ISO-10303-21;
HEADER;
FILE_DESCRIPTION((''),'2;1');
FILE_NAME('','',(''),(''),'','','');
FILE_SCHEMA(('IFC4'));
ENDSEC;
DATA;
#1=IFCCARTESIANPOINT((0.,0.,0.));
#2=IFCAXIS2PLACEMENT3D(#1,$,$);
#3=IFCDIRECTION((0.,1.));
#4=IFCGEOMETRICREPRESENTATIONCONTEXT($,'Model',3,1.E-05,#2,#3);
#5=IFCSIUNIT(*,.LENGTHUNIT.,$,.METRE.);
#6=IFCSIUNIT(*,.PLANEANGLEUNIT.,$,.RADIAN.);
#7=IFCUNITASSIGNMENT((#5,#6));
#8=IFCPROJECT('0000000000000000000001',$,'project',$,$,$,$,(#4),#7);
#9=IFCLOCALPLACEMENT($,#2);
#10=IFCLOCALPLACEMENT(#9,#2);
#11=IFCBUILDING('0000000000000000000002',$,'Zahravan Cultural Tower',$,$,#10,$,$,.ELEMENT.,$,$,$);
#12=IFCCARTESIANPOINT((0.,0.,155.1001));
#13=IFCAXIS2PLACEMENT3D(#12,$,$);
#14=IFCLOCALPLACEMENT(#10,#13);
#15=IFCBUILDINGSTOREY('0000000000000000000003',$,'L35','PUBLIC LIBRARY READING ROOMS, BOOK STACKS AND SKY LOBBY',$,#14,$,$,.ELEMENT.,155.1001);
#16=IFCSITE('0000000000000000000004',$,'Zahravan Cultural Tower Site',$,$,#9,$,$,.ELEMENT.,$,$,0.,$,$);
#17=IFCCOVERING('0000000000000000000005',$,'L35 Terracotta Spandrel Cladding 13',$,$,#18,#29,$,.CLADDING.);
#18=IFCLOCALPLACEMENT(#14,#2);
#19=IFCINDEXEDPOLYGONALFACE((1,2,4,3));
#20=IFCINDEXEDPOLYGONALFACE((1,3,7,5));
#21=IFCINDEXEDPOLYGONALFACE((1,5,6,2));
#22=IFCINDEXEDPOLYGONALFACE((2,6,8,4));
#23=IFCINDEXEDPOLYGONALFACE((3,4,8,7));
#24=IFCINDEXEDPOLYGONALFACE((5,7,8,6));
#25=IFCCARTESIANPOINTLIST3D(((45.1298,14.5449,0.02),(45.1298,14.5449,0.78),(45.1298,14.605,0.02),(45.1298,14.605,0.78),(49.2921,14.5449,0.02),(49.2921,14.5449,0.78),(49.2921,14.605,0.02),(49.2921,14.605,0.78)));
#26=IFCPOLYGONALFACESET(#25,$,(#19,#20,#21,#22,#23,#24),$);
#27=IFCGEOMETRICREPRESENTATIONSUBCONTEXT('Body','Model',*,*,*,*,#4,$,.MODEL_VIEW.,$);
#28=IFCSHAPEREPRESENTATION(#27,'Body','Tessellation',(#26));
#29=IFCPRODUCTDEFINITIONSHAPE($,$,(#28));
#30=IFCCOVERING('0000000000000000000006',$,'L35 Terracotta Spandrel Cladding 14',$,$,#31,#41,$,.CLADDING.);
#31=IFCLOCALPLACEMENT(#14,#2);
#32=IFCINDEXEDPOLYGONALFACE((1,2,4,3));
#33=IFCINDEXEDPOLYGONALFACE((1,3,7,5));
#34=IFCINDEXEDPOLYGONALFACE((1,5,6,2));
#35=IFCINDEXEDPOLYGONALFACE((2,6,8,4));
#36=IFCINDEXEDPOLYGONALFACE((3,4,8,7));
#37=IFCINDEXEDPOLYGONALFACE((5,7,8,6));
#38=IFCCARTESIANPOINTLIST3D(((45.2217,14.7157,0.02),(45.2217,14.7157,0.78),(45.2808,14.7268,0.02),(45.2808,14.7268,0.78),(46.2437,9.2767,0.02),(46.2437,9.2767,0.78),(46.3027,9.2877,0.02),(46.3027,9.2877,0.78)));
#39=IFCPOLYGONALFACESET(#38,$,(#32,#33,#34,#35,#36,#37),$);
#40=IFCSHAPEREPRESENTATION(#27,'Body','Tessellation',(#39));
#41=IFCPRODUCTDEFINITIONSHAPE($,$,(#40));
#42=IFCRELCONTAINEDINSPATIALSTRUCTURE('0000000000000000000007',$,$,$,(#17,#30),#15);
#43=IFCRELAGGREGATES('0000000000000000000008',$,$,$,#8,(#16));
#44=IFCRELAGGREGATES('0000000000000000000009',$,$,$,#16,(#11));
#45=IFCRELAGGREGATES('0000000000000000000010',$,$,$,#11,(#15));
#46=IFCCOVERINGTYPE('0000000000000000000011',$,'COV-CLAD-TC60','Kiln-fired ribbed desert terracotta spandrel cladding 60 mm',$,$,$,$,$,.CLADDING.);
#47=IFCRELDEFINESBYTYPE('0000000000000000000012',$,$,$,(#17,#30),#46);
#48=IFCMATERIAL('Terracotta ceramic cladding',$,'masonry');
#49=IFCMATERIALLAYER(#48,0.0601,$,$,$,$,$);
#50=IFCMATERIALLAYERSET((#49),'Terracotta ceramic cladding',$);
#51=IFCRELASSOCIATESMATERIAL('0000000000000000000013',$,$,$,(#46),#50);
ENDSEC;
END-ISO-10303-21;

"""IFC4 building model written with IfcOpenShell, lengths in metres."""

from ifc_helpers import new_model, si_unit, direction, frame, origin, origin_2d, place, context, subcontext, project, spatial, rectangle, extrude, source, transform, mapped, material, layer, layer_set, type_object, element, save


model = new_model("IFC4")

# Units and contexts
model_context = context("Model", 3, precision=1e-05, world=origin(), true_north=direction((0.0, 1.0)))
body_context = subcontext(model_context, "Body", "Model", "MODEL_VIEW")
ifc_project = project(units=[si_unit("LENGTHUNIT", "METRE"), si_unit("PLANEANGLEUNIT", "RADIAN")], contexts=[model_context])

# Site, building, storey
site_placement = place(None, origin())
site = spatial("IfcSite", under=ifc_project, at=site_placement, Name="Zahravan Cultural Tower Site", CompositionType="ELEMENT", RefElevation=0.0)
building_placement = place(site_placement, origin())
building = spatial("IfcBuilding", under=site, at=building_placement, Name="Zahravan Cultural Tower", CompositionType="ELEMENT")
storey_placement = place(building_placement, frame((0.0, 0.0, 155.1001)))
storey = spatial("IfcBuildingStorey", under=building, at=storey_placement, Name="L35", Description="PUBLIC LIBRARY READING ROOMS, BOOK STACKS AND SKY LOBBY", CompositionType="ELEMENT", Elevation=155.1001)

# Coverings
ifc_material_1 = material(Name="Terracotta ceramic cladding", Category="masonry")
ifc_layer_1 = layer(ifc_material_1, 0.0601)
ifc_layer_set_1 = layer_set([ifc_layer_1], Name="Terracotta ceramic cladding")
covering_type = type_object("IfcCoveringType", Name="COV-CLAD-TC60", Description="Kiln-fired ribbed desert terracotta spandrel cladding 60 mm", PredefinedType="CLADDING", material=ifc_layer_set_1)
shared_shape_1 = source(origin(), body_context, "Body", "SweptSolid", [
    extrude(rectangle(XDim=4.1624, YDim=0.0601, at=origin_2d()), origin(), (0.0, 0.0, 1.0), 0.76),
])
covering_1_placement = place(storey_placement, frame((47.2109, 14.575, 0.02), z_axis=(0.0, 0.0, 1.0), x_axis=(-1.0, 0.0, 0.0)))
element("IfcCovering", 1, at=covering_1_placement, inside=storey, type_object=covering_type, Name="L35 Terracotta Spandrel Cladding 13", PredefinedType="CLADDING", context=body_context, shape_type="MappedRepresentation", body=[
    mapped(shared_shape_1, transform((0.0, 0.0, 0.0), x_axis=(1.0, 0.0, 0.0), y_axis=(0.0, 1.0, 0.0), z_axis=(0.0, 0.0, 1.0), scale=1.0)),
])
shared_shape_2 = source(origin(), body_context, "Body", "SweptSolid", [
    extrude(rectangle(XDim=5.5342, YDim=0.0601, at=origin_2d()), origin(), (0.0, 0.0, 1.0), 0.76),
])
covering_2_placement = place(storey_placement, frame((45.7622, 12.0017, 0.02), z_axis=(0.0, 0.0, 1.0), x_axis=(0.184655, -0.982803, 0.0)))
element("IfcCovering", 2, at=covering_2_placement, inside=storey, type_object=covering_type, Name="L35 Terracotta Spandrel Cladding 14", PredefinedType="CLADDING", context=body_context, shape_type="MappedRepresentation", body=[
    mapped(shared_shape_2, transform((0.0, 0.0, 0.0), x_axis=(1.0, 0.0, 0.0), y_axis=(0.0, 1.0, 0.0), z_axis=(0.0, 0.0, 1.0), scale=1.0)),
])

save(model, "model.ifc")
